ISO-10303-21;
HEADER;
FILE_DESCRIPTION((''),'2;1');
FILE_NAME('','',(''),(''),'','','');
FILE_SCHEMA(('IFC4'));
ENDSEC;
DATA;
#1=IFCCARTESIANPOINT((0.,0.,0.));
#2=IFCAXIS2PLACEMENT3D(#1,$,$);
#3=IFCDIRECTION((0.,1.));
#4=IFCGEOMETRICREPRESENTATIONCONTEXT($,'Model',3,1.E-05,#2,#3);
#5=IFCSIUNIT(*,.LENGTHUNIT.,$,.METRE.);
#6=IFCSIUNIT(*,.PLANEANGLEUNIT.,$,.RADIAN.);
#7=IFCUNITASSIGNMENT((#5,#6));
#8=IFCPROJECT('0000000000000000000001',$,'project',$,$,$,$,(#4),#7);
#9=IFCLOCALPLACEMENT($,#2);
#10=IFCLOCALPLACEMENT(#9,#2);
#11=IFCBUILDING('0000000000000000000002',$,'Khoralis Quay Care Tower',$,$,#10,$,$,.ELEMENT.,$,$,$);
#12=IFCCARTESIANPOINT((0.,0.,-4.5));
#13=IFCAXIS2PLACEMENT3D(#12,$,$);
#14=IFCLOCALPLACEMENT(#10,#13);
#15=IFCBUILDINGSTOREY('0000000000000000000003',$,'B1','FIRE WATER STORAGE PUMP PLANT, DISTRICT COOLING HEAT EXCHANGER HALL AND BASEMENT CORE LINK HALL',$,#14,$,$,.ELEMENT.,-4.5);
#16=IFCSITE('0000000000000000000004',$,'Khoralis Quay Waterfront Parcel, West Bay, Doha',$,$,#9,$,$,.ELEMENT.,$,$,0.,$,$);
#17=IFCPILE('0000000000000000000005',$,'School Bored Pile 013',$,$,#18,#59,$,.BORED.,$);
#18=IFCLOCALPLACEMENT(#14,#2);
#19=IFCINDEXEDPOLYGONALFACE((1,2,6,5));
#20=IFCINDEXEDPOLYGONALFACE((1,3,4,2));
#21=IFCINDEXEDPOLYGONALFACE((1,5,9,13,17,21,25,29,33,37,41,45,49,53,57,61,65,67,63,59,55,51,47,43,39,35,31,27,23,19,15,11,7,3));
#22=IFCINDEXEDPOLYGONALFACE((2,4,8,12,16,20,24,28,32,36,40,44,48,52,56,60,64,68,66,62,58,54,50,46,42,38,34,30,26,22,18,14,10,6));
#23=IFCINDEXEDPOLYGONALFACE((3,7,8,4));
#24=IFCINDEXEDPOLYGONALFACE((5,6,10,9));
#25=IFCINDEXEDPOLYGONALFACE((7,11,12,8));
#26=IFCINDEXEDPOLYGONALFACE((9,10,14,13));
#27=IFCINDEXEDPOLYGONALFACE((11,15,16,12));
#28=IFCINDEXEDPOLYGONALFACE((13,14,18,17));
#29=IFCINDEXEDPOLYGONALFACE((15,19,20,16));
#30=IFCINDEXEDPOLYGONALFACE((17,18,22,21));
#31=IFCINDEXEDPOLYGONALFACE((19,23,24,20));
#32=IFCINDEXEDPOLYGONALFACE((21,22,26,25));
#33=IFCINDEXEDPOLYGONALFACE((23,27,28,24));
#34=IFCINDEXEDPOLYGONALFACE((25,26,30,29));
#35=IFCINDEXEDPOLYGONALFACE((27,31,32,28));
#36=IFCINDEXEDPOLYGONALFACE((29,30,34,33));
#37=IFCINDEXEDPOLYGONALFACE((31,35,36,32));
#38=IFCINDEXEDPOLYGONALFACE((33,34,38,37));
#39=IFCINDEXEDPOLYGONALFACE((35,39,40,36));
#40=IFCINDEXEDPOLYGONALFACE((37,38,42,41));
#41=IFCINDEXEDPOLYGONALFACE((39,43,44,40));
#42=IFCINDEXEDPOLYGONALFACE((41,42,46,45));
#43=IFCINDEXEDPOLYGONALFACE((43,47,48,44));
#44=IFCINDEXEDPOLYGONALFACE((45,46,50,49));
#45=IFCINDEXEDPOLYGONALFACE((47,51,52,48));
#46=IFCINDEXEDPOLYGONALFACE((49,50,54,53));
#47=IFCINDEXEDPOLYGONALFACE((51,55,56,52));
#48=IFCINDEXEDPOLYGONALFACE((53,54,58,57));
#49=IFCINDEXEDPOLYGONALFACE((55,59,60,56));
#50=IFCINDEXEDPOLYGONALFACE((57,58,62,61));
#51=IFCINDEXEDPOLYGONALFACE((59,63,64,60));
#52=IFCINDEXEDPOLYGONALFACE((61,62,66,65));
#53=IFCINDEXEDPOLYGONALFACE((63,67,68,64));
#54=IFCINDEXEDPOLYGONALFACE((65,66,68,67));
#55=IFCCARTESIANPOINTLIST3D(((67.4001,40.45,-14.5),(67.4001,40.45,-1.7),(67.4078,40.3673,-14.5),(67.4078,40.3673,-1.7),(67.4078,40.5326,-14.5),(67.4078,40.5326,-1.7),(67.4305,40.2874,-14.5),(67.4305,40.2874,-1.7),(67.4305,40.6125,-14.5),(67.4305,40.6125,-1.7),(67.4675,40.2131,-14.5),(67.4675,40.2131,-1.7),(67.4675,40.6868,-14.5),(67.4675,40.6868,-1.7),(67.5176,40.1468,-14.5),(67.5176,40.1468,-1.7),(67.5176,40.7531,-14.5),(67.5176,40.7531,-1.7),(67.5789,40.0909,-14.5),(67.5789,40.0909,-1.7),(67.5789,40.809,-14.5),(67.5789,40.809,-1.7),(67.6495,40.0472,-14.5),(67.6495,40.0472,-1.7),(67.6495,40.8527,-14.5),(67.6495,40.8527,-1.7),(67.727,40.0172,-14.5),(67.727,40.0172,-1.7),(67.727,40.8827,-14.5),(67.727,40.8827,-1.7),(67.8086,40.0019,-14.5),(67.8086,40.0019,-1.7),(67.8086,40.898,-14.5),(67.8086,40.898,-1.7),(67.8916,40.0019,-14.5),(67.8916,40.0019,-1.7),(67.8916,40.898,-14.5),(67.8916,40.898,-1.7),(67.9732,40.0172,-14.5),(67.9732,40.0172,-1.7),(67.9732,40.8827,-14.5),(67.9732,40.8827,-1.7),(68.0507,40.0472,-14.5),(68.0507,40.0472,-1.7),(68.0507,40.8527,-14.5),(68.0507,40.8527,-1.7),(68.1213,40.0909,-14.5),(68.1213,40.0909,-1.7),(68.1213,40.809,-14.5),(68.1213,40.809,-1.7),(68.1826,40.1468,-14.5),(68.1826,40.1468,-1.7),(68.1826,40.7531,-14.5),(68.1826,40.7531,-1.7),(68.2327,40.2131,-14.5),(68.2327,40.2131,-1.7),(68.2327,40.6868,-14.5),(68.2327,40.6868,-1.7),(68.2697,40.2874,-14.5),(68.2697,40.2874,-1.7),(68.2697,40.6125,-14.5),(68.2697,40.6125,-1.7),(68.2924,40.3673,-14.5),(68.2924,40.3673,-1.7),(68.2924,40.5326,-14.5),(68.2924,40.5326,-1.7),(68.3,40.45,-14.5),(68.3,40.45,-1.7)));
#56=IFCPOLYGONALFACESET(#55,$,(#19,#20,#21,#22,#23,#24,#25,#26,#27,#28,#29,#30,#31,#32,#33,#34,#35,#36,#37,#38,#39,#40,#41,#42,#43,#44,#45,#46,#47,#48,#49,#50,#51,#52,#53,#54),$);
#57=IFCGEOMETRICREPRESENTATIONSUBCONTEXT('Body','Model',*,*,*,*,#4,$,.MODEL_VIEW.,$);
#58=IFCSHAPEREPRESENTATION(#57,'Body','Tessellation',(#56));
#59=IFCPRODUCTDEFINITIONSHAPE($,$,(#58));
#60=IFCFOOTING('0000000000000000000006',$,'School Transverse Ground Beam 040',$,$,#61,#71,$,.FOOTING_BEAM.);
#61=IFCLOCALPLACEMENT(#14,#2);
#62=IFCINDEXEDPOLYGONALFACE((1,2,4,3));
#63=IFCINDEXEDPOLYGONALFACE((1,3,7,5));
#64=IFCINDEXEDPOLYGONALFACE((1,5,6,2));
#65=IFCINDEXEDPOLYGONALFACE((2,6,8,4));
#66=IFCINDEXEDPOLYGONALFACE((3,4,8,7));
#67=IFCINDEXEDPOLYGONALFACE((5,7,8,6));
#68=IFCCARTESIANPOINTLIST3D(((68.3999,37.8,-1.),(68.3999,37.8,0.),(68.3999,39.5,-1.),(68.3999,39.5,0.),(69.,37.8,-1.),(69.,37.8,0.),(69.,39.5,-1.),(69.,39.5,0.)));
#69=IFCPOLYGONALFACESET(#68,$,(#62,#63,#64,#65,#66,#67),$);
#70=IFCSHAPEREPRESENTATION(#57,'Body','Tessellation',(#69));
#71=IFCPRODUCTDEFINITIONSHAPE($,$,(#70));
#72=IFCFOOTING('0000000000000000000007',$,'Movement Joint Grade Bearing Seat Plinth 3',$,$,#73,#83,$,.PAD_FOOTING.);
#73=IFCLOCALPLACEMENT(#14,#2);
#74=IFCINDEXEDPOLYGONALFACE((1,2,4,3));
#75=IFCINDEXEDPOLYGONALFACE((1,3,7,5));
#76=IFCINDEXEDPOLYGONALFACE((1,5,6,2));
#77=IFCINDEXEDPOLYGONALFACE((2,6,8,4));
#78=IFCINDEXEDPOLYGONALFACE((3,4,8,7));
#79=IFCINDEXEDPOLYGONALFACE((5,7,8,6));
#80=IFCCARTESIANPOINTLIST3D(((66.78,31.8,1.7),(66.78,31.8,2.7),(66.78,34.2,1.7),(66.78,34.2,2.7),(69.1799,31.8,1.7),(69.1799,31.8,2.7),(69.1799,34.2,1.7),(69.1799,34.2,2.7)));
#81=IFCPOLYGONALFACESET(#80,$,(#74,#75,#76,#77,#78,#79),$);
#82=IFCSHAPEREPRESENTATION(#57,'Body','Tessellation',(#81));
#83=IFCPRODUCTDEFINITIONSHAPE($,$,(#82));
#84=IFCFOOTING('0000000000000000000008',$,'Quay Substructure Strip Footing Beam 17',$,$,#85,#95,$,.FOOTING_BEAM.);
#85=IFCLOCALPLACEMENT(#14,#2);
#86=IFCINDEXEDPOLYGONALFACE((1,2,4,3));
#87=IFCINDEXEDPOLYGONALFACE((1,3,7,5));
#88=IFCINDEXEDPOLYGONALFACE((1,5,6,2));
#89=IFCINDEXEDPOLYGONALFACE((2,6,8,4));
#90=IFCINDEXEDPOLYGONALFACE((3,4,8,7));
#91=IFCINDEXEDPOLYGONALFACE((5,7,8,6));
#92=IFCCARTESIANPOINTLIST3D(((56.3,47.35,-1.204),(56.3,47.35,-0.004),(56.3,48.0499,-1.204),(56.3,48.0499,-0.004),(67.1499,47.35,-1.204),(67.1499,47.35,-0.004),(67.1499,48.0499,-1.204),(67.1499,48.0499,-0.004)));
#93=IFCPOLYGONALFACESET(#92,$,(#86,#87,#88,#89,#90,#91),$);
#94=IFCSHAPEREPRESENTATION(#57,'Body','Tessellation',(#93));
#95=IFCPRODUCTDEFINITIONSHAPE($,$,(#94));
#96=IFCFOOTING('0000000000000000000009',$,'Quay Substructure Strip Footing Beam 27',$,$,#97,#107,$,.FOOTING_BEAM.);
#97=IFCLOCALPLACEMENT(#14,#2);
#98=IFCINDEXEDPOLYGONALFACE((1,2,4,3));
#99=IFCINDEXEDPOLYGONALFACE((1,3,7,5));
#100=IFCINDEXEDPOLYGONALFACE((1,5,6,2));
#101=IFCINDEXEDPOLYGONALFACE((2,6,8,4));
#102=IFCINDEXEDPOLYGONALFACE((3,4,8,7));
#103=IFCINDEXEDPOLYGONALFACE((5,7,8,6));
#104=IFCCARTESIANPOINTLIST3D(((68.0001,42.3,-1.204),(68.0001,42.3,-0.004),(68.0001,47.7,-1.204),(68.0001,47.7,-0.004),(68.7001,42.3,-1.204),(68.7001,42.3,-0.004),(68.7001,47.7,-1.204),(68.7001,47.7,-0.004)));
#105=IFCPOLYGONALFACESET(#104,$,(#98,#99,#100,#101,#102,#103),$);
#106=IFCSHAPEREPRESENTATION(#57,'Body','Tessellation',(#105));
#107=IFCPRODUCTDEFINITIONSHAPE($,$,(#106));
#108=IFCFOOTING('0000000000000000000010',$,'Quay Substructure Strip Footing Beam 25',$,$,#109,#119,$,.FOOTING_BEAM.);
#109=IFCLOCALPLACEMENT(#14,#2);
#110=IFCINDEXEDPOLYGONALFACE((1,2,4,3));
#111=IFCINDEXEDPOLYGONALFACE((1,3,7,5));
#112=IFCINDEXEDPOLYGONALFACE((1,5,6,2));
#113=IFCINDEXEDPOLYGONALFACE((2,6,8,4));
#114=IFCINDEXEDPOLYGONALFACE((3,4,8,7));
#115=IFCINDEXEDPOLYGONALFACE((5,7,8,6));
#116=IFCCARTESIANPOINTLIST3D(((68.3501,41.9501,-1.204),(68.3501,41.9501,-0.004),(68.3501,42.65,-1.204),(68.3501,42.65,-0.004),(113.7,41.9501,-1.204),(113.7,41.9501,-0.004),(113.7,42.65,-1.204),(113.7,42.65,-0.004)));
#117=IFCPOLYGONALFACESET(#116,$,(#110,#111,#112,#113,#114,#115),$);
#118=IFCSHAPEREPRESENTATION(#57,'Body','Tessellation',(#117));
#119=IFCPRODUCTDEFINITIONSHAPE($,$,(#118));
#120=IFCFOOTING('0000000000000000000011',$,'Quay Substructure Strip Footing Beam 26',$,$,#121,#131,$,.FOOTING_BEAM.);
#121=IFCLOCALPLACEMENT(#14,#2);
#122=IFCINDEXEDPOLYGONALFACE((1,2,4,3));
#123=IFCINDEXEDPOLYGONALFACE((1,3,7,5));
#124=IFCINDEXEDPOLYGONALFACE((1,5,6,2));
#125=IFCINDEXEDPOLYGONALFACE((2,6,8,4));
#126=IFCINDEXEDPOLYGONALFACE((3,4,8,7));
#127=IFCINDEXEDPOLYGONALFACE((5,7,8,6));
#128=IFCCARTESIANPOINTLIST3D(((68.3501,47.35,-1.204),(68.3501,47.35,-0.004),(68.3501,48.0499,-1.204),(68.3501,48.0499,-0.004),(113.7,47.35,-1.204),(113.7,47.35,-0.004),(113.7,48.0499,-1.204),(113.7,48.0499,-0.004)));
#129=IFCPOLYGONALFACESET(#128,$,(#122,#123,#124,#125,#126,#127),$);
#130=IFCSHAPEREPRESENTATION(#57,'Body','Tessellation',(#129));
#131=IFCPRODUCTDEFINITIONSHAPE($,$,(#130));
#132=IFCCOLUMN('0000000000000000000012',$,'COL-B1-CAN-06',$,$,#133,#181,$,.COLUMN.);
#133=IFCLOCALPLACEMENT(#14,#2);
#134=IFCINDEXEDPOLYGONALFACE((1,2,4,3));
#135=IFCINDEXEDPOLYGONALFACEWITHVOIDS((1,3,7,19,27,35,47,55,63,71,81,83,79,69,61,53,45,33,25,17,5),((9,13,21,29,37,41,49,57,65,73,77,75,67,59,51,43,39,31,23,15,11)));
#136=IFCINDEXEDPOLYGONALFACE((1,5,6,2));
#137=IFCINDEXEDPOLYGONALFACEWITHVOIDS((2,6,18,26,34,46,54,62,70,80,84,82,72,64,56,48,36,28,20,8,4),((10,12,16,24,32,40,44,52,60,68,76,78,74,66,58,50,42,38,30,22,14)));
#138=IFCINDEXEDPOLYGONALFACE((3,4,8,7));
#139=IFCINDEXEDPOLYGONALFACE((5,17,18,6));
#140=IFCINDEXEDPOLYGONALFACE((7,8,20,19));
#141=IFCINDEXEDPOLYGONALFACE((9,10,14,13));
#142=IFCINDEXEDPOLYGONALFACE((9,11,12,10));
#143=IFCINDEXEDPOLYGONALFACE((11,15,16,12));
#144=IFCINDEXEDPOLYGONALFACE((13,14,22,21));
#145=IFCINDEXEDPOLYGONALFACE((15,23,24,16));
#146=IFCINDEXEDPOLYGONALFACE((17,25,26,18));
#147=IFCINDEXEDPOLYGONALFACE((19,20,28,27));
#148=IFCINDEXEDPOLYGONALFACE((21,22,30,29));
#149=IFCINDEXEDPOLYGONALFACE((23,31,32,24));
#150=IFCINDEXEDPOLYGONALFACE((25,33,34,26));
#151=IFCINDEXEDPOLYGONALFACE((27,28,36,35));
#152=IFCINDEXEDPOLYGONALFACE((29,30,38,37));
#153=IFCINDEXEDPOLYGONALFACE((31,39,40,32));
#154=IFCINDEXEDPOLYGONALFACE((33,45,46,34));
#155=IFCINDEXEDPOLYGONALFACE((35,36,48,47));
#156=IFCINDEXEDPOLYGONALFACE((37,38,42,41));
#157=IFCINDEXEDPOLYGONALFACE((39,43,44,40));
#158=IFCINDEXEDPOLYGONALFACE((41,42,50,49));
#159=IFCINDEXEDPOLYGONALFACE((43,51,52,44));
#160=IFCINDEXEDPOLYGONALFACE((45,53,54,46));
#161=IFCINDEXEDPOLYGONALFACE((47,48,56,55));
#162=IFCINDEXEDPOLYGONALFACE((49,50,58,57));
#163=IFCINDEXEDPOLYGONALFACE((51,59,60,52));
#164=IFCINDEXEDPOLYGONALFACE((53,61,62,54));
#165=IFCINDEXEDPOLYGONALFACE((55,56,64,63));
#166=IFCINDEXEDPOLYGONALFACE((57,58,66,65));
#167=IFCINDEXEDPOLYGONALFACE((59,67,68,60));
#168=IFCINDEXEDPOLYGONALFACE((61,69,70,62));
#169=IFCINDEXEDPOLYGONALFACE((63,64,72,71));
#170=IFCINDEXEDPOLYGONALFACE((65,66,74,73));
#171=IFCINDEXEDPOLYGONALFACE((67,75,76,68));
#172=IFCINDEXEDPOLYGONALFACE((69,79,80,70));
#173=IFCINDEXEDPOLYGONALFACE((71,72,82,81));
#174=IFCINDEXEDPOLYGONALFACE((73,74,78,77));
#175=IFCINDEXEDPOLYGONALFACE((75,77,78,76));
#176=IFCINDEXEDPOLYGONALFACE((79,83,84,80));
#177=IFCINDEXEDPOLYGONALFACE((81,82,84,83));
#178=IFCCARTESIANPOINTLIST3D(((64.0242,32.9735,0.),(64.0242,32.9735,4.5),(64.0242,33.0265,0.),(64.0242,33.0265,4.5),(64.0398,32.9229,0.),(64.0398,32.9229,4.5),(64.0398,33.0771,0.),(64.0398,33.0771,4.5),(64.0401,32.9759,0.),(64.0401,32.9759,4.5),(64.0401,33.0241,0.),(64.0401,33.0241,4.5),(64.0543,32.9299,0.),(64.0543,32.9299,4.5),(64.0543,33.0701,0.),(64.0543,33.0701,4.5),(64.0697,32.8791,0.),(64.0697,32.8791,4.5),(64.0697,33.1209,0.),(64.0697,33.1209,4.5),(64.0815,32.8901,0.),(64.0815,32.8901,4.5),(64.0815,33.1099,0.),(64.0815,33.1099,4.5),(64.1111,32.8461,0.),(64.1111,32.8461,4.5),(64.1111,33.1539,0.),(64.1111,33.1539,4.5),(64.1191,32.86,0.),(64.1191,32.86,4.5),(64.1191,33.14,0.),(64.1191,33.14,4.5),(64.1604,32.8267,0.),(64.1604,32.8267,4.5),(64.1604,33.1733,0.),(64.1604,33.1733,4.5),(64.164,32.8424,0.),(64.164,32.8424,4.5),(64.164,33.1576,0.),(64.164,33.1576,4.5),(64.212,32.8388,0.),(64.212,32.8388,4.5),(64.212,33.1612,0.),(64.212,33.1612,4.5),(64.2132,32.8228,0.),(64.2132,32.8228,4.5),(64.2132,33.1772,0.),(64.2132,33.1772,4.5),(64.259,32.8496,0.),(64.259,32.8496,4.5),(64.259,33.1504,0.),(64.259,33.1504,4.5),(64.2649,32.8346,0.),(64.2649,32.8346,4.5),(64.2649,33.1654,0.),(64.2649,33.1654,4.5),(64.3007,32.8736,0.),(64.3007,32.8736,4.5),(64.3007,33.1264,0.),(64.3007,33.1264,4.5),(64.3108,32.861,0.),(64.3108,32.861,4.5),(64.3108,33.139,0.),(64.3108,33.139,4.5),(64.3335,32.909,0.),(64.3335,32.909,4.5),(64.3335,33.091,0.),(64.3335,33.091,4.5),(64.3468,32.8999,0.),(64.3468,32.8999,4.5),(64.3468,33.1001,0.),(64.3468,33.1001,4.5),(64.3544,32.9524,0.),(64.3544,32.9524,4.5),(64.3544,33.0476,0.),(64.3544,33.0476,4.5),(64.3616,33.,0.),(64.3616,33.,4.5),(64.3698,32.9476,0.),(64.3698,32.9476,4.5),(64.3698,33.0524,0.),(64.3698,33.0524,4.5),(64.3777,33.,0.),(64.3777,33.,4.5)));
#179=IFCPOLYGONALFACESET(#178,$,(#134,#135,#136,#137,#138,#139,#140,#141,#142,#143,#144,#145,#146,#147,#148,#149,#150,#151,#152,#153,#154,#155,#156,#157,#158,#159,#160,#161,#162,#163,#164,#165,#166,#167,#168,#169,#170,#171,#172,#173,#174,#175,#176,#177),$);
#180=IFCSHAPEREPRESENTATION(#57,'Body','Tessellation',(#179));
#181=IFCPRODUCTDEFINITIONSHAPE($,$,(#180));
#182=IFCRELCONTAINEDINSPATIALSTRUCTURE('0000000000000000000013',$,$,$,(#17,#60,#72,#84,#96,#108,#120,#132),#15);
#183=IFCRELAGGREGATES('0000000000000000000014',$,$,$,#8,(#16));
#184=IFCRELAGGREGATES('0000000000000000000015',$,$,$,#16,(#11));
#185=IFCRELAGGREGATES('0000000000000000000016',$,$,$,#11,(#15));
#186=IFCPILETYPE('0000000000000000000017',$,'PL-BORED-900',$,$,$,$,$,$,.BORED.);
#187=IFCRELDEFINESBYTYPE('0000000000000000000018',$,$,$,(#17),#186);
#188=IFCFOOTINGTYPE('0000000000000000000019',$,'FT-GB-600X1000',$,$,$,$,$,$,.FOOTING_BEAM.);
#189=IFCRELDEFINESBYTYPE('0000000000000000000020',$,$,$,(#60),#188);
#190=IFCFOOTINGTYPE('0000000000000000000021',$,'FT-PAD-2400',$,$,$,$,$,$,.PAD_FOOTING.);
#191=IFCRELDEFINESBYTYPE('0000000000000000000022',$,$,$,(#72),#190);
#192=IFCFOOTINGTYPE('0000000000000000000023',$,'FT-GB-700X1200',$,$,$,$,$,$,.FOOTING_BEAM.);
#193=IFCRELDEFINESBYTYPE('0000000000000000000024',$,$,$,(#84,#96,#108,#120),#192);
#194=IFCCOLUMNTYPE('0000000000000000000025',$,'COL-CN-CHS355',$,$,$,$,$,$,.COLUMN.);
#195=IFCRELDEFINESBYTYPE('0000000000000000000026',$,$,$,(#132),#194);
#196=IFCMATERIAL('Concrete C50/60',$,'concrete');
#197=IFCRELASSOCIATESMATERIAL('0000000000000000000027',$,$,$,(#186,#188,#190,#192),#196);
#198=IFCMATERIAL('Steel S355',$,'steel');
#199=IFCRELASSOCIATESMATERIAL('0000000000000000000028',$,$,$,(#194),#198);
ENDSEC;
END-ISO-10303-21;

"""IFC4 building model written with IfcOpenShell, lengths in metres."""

from ifc_helpers import new_model, si_unit, direction, frame, origin, origin_2d, place, context, subcontext, project, spatial, rectangle, circle, hollow_circle, extrude, source, transform, mapped, material, material_profile, profile_set, type_object, element, save


model = new_model("IFC4")

# Units and contexts
model_context = context("Model", 3, precision=1e-05, world=origin(), true_north=direction((0.0, 1.0)))
body_context = subcontext(model_context, "Body", "Model", "MODEL_VIEW")
ifc_project = project(units=[si_unit("LENGTHUNIT", "METRE"), si_unit("PLANEANGLEUNIT", "RADIAN")], contexts=[model_context])

# Site, building, storey
site_placement = place(None, origin())
site = spatial("IfcSite", under=ifc_project, at=site_placement, Name="Khoralis Quay Waterfront Parcel, West Bay, Doha", CompositionType="ELEMENT", RefElevation=0.0)
building_placement = place(site_placement, origin())
building = spatial("IfcBuilding", under=site, at=building_placement, Name="Khoralis Quay Care Tower", CompositionType="ELEMENT")
storey_placement = place(building_placement, frame((0.0, 0.0, -4.5)))
storey = spatial("IfcBuildingStorey", under=building, at=storey_placement, Name="B1", Description="FIRE WATER STORAGE PUMP PLANT, DISTRICT COOLING HEAT EXCHANGER HALL AND BASEMENT CORE LINK HALL", CompositionType="ELEMENT", Elevation=-4.5)

# Shared definitions
ifc_material_1 = material(Name="Concrete C50/60", Category="concrete")

# Pile
ifc_material_profile_1 = material_profile(ifc_material_1, circle(Radius=0.45, at=origin_2d()), Name="Concrete C50/60")
ifc_profile_set_1 = profile_set([ifc_material_profile_1], Name="Concrete C50/60")
pile_type_1 = type_object("IfcPileType", Name="PL-BORED-900", PredefinedType="BORED", material=ifc_profile_set_1)
shared_shape_1 = source(origin(), body_context, "Body", "SweptSolid", [
    extrude(circle(Radius=0.45, at=origin_2d()), origin(), (0.0, 0.0, 1.0), 12.8),
])
for number, where, z_axis, x_axis, name in (
    (1, (67.8501, 40.45, -1.7), (0.0, 0.0, -1.0), (1.0, 0.0, 0.0), "School Bored Pile 013"),
):
    element("IfcPile", number, at=place(storey_placement, frame(where, z_axis=z_axis, x_axis=x_axis)), inside=storey, type_object=pile_type_1, Name=name, PredefinedType="BORED", context=body_context, shape_type="MappedRepresentation", body=[
        mapped(shared_shape_1, transform((0.0, 0.0, 0.0), scale=1.0)),
    ])

# Footings
ifc_material_profile_2 = material_profile(ifc_material_1, rectangle(XDim=0.6001, YDim=1.0, at=origin_2d()), Name="Concrete C50/60")
ifc_profile_set_2 = profile_set([ifc_material_profile_2], Name="Concrete C50/60")
footing_type_1 = type_object("IfcFootingType", Name="FT-GB-600X1000", PredefinedType="FOOTING_BEAM", material=ifc_profile_set_2)
shared_shape_2 = source(origin(), body_context, "Body", "SweptSolid", [
    extrude(rectangle(XDim=0.6001, YDim=1.0, at=origin_2d()), origin(), (0.0, 0.0, 1.0), 1.7),
])
footing_1_placement = place(storey_placement, frame((68.7, 37.8, -0.5), z_axis=(0.0, 1.0, 0.0), x_axis=(-1.0, 0.0, 0.0)))
element("IfcFooting", 2, at=footing_1_placement, inside=storey, type_object=footing_type_1, Name="School Transverse Ground Beam 040", PredefinedType="FOOTING_BEAM", context=body_context, shape_type="MappedRepresentation", body=[
    mapped(shared_shape_2, transform((0.0, 0.0, 0.0), scale=1.0)),
])
footing_type_2 = type_object("IfcFootingType", Name="FT-PAD-2400", PredefinedType="PAD_FOOTING", material=ifc_material_1)
shared_shape_3 = source(origin(), body_context, "Body", "SweptSolid", [
    extrude(rectangle(XDim=2.3999, YDim=2.3999, at=origin_2d()), origin(), (0.0, 0.0, 1.0), 1.0),
])
footing_2_placement = place(storey_placement, frame((67.98, 33.0, 1.7), z_axis=(0.0, 0.0, 1.0), x_axis=(1.0, 0.0, 0.0)))
element("IfcFooting", 3, at=footing_2_placement, inside=storey, type_object=footing_type_2, Name="Movement Joint Grade Bearing Seat Plinth 3", PredefinedType="PAD_FOOTING", context=body_context, shape_type="MappedRepresentation", body=[
    mapped(shared_shape_3, transform((0.0, 0.0, 0.0), scale=1.0)),
])
ifc_material_profile_3 = material_profile(ifc_material_1, rectangle(XDim=0.7, YDim=1.2, at=origin_2d()), Name="Concrete C50/60")
ifc_profile_set_3 = profile_set([ifc_material_profile_3], Name="Concrete C50/60")
footing_type_3 = type_object("IfcFootingType", Name="FT-GB-700X1200", PredefinedType="FOOTING_BEAM", material=ifc_profile_set_3)
shared_shape_4 = source(origin(), body_context, "Body", "SweptSolid", [
    extrude(rectangle(XDim=0.7, YDim=1.2, at=origin_2d()), origin(), (0.0, 0.0, 1.0), 10.8499),
])
footing_3_placement = place(storey_placement, frame((56.3, 47.7, -0.604), z_axis=(1.0, 0.0, 0.0), x_axis=(0.0, 1.0, 0.0)))
element("IfcFooting", 4, at=footing_3_placement, inside=storey, type_object=footing_type_3, Name="Quay Substructure Strip Footing Beam 17", PredefinedType="FOOTING_BEAM", context=body_context, shape_type="MappedRepresentation", body=[
    mapped(shared_shape_4, transform((0.0, 0.0, 0.0), scale=1.0)),
])
shared_shape_5 = source(origin(), body_context, "Body", "SweptSolid", [
    extrude(rectangle(XDim=0.7, YDim=1.2, at=origin_2d()), origin(), (0.0, 0.0, 1.0), 5.3999),
])
footing_4_placement = place(storey_placement, frame((68.3501, 42.3, -0.604), z_axis=(0.0, 1.0, 0.0), x_axis=(-1.0, 0.0, 0.0)))
element("IfcFooting", 5, at=footing_4_placement, inside=storey, type_object=footing_type_3, Name="Quay Substructure Strip Footing Beam 27", PredefinedType="FOOTING_BEAM", context=body_context, shape_type="MappedRepresentation", body=[
    mapped(shared_shape_5, transform((0.0, 0.0, 0.0), scale=1.0)),
])
shared_shape_6 = source(origin(), body_context, "Body", "SweptSolid", [
    extrude(rectangle(XDim=0.7, YDim=1.2, at=origin_2d()), origin(), (0.0, 0.0, 1.0), 45.3499),
])
for number, where, z_axis, x_axis, name in (
    (6, (68.3501, 42.3, -0.604), (1.0, 0.0, 0.0), (0.0, 1.0, 0.0), "Quay Substructure Strip Footing Beam 25"),
    (7, (68.3501, 47.7, -0.604), (1.0, 0.0, 0.0), (0.0, 1.0, 0.0), "Quay Substructure Strip Footing Beam 26"),
):
    element("IfcFooting", number, at=place(storey_placement, frame(where, z_axis=z_axis, x_axis=x_axis)), inside=storey, type_object=footing_type_3, Name=name, PredefinedType="FOOTING_BEAM", context=body_context, shape_type="MappedRepresentation", body=[
        mapped(shared_shape_6, transform((0.0, 0.0, 0.0), scale=1.0)),
    ])

# Column
ifc_material_2 = material(Name="Steel S355", Category="steel")
ifc_material_profile_4 = material_profile(ifc_material_2, hollow_circle(Radius=0.1777, WallThickness=0.0161, at=origin_2d()), Name="Steel S355")
ifc_profile_set_4 = profile_set([ifc_material_profile_4], Name="Steel S355")
column_type_1 = type_object("IfcColumnType", Name="COL-CN-CHS355", PredefinedType="COLUMN", material=ifc_profile_set_4)
shared_shape_7 = source(origin(), body_context, "Body", "SweptSolid", [
    extrude(hollow_circle(Radius=0.1777, WallThickness=0.0161, at=origin_2d()), origin(), (0.0, 0.0, 1.0), 4.5),
])
column_1_placement = place(storey_placement, frame((64.2, 33.0, 0.0), z_axis=(0.0, 0.0, 1.0), x_axis=(1.0, 0.0, 0.0)))
element("IfcColumn", 8, at=column_1_placement, inside=storey, type_object=column_type_1, Name="COL-B1-CAN-06", PredefinedType="COLUMN", context=body_context, shape_type="MappedRepresentation", body=[
    mapped(shared_shape_7, transform((0.0, 0.0, 0.0), scale=1.0)),
])

save(model, "model.ifc")
